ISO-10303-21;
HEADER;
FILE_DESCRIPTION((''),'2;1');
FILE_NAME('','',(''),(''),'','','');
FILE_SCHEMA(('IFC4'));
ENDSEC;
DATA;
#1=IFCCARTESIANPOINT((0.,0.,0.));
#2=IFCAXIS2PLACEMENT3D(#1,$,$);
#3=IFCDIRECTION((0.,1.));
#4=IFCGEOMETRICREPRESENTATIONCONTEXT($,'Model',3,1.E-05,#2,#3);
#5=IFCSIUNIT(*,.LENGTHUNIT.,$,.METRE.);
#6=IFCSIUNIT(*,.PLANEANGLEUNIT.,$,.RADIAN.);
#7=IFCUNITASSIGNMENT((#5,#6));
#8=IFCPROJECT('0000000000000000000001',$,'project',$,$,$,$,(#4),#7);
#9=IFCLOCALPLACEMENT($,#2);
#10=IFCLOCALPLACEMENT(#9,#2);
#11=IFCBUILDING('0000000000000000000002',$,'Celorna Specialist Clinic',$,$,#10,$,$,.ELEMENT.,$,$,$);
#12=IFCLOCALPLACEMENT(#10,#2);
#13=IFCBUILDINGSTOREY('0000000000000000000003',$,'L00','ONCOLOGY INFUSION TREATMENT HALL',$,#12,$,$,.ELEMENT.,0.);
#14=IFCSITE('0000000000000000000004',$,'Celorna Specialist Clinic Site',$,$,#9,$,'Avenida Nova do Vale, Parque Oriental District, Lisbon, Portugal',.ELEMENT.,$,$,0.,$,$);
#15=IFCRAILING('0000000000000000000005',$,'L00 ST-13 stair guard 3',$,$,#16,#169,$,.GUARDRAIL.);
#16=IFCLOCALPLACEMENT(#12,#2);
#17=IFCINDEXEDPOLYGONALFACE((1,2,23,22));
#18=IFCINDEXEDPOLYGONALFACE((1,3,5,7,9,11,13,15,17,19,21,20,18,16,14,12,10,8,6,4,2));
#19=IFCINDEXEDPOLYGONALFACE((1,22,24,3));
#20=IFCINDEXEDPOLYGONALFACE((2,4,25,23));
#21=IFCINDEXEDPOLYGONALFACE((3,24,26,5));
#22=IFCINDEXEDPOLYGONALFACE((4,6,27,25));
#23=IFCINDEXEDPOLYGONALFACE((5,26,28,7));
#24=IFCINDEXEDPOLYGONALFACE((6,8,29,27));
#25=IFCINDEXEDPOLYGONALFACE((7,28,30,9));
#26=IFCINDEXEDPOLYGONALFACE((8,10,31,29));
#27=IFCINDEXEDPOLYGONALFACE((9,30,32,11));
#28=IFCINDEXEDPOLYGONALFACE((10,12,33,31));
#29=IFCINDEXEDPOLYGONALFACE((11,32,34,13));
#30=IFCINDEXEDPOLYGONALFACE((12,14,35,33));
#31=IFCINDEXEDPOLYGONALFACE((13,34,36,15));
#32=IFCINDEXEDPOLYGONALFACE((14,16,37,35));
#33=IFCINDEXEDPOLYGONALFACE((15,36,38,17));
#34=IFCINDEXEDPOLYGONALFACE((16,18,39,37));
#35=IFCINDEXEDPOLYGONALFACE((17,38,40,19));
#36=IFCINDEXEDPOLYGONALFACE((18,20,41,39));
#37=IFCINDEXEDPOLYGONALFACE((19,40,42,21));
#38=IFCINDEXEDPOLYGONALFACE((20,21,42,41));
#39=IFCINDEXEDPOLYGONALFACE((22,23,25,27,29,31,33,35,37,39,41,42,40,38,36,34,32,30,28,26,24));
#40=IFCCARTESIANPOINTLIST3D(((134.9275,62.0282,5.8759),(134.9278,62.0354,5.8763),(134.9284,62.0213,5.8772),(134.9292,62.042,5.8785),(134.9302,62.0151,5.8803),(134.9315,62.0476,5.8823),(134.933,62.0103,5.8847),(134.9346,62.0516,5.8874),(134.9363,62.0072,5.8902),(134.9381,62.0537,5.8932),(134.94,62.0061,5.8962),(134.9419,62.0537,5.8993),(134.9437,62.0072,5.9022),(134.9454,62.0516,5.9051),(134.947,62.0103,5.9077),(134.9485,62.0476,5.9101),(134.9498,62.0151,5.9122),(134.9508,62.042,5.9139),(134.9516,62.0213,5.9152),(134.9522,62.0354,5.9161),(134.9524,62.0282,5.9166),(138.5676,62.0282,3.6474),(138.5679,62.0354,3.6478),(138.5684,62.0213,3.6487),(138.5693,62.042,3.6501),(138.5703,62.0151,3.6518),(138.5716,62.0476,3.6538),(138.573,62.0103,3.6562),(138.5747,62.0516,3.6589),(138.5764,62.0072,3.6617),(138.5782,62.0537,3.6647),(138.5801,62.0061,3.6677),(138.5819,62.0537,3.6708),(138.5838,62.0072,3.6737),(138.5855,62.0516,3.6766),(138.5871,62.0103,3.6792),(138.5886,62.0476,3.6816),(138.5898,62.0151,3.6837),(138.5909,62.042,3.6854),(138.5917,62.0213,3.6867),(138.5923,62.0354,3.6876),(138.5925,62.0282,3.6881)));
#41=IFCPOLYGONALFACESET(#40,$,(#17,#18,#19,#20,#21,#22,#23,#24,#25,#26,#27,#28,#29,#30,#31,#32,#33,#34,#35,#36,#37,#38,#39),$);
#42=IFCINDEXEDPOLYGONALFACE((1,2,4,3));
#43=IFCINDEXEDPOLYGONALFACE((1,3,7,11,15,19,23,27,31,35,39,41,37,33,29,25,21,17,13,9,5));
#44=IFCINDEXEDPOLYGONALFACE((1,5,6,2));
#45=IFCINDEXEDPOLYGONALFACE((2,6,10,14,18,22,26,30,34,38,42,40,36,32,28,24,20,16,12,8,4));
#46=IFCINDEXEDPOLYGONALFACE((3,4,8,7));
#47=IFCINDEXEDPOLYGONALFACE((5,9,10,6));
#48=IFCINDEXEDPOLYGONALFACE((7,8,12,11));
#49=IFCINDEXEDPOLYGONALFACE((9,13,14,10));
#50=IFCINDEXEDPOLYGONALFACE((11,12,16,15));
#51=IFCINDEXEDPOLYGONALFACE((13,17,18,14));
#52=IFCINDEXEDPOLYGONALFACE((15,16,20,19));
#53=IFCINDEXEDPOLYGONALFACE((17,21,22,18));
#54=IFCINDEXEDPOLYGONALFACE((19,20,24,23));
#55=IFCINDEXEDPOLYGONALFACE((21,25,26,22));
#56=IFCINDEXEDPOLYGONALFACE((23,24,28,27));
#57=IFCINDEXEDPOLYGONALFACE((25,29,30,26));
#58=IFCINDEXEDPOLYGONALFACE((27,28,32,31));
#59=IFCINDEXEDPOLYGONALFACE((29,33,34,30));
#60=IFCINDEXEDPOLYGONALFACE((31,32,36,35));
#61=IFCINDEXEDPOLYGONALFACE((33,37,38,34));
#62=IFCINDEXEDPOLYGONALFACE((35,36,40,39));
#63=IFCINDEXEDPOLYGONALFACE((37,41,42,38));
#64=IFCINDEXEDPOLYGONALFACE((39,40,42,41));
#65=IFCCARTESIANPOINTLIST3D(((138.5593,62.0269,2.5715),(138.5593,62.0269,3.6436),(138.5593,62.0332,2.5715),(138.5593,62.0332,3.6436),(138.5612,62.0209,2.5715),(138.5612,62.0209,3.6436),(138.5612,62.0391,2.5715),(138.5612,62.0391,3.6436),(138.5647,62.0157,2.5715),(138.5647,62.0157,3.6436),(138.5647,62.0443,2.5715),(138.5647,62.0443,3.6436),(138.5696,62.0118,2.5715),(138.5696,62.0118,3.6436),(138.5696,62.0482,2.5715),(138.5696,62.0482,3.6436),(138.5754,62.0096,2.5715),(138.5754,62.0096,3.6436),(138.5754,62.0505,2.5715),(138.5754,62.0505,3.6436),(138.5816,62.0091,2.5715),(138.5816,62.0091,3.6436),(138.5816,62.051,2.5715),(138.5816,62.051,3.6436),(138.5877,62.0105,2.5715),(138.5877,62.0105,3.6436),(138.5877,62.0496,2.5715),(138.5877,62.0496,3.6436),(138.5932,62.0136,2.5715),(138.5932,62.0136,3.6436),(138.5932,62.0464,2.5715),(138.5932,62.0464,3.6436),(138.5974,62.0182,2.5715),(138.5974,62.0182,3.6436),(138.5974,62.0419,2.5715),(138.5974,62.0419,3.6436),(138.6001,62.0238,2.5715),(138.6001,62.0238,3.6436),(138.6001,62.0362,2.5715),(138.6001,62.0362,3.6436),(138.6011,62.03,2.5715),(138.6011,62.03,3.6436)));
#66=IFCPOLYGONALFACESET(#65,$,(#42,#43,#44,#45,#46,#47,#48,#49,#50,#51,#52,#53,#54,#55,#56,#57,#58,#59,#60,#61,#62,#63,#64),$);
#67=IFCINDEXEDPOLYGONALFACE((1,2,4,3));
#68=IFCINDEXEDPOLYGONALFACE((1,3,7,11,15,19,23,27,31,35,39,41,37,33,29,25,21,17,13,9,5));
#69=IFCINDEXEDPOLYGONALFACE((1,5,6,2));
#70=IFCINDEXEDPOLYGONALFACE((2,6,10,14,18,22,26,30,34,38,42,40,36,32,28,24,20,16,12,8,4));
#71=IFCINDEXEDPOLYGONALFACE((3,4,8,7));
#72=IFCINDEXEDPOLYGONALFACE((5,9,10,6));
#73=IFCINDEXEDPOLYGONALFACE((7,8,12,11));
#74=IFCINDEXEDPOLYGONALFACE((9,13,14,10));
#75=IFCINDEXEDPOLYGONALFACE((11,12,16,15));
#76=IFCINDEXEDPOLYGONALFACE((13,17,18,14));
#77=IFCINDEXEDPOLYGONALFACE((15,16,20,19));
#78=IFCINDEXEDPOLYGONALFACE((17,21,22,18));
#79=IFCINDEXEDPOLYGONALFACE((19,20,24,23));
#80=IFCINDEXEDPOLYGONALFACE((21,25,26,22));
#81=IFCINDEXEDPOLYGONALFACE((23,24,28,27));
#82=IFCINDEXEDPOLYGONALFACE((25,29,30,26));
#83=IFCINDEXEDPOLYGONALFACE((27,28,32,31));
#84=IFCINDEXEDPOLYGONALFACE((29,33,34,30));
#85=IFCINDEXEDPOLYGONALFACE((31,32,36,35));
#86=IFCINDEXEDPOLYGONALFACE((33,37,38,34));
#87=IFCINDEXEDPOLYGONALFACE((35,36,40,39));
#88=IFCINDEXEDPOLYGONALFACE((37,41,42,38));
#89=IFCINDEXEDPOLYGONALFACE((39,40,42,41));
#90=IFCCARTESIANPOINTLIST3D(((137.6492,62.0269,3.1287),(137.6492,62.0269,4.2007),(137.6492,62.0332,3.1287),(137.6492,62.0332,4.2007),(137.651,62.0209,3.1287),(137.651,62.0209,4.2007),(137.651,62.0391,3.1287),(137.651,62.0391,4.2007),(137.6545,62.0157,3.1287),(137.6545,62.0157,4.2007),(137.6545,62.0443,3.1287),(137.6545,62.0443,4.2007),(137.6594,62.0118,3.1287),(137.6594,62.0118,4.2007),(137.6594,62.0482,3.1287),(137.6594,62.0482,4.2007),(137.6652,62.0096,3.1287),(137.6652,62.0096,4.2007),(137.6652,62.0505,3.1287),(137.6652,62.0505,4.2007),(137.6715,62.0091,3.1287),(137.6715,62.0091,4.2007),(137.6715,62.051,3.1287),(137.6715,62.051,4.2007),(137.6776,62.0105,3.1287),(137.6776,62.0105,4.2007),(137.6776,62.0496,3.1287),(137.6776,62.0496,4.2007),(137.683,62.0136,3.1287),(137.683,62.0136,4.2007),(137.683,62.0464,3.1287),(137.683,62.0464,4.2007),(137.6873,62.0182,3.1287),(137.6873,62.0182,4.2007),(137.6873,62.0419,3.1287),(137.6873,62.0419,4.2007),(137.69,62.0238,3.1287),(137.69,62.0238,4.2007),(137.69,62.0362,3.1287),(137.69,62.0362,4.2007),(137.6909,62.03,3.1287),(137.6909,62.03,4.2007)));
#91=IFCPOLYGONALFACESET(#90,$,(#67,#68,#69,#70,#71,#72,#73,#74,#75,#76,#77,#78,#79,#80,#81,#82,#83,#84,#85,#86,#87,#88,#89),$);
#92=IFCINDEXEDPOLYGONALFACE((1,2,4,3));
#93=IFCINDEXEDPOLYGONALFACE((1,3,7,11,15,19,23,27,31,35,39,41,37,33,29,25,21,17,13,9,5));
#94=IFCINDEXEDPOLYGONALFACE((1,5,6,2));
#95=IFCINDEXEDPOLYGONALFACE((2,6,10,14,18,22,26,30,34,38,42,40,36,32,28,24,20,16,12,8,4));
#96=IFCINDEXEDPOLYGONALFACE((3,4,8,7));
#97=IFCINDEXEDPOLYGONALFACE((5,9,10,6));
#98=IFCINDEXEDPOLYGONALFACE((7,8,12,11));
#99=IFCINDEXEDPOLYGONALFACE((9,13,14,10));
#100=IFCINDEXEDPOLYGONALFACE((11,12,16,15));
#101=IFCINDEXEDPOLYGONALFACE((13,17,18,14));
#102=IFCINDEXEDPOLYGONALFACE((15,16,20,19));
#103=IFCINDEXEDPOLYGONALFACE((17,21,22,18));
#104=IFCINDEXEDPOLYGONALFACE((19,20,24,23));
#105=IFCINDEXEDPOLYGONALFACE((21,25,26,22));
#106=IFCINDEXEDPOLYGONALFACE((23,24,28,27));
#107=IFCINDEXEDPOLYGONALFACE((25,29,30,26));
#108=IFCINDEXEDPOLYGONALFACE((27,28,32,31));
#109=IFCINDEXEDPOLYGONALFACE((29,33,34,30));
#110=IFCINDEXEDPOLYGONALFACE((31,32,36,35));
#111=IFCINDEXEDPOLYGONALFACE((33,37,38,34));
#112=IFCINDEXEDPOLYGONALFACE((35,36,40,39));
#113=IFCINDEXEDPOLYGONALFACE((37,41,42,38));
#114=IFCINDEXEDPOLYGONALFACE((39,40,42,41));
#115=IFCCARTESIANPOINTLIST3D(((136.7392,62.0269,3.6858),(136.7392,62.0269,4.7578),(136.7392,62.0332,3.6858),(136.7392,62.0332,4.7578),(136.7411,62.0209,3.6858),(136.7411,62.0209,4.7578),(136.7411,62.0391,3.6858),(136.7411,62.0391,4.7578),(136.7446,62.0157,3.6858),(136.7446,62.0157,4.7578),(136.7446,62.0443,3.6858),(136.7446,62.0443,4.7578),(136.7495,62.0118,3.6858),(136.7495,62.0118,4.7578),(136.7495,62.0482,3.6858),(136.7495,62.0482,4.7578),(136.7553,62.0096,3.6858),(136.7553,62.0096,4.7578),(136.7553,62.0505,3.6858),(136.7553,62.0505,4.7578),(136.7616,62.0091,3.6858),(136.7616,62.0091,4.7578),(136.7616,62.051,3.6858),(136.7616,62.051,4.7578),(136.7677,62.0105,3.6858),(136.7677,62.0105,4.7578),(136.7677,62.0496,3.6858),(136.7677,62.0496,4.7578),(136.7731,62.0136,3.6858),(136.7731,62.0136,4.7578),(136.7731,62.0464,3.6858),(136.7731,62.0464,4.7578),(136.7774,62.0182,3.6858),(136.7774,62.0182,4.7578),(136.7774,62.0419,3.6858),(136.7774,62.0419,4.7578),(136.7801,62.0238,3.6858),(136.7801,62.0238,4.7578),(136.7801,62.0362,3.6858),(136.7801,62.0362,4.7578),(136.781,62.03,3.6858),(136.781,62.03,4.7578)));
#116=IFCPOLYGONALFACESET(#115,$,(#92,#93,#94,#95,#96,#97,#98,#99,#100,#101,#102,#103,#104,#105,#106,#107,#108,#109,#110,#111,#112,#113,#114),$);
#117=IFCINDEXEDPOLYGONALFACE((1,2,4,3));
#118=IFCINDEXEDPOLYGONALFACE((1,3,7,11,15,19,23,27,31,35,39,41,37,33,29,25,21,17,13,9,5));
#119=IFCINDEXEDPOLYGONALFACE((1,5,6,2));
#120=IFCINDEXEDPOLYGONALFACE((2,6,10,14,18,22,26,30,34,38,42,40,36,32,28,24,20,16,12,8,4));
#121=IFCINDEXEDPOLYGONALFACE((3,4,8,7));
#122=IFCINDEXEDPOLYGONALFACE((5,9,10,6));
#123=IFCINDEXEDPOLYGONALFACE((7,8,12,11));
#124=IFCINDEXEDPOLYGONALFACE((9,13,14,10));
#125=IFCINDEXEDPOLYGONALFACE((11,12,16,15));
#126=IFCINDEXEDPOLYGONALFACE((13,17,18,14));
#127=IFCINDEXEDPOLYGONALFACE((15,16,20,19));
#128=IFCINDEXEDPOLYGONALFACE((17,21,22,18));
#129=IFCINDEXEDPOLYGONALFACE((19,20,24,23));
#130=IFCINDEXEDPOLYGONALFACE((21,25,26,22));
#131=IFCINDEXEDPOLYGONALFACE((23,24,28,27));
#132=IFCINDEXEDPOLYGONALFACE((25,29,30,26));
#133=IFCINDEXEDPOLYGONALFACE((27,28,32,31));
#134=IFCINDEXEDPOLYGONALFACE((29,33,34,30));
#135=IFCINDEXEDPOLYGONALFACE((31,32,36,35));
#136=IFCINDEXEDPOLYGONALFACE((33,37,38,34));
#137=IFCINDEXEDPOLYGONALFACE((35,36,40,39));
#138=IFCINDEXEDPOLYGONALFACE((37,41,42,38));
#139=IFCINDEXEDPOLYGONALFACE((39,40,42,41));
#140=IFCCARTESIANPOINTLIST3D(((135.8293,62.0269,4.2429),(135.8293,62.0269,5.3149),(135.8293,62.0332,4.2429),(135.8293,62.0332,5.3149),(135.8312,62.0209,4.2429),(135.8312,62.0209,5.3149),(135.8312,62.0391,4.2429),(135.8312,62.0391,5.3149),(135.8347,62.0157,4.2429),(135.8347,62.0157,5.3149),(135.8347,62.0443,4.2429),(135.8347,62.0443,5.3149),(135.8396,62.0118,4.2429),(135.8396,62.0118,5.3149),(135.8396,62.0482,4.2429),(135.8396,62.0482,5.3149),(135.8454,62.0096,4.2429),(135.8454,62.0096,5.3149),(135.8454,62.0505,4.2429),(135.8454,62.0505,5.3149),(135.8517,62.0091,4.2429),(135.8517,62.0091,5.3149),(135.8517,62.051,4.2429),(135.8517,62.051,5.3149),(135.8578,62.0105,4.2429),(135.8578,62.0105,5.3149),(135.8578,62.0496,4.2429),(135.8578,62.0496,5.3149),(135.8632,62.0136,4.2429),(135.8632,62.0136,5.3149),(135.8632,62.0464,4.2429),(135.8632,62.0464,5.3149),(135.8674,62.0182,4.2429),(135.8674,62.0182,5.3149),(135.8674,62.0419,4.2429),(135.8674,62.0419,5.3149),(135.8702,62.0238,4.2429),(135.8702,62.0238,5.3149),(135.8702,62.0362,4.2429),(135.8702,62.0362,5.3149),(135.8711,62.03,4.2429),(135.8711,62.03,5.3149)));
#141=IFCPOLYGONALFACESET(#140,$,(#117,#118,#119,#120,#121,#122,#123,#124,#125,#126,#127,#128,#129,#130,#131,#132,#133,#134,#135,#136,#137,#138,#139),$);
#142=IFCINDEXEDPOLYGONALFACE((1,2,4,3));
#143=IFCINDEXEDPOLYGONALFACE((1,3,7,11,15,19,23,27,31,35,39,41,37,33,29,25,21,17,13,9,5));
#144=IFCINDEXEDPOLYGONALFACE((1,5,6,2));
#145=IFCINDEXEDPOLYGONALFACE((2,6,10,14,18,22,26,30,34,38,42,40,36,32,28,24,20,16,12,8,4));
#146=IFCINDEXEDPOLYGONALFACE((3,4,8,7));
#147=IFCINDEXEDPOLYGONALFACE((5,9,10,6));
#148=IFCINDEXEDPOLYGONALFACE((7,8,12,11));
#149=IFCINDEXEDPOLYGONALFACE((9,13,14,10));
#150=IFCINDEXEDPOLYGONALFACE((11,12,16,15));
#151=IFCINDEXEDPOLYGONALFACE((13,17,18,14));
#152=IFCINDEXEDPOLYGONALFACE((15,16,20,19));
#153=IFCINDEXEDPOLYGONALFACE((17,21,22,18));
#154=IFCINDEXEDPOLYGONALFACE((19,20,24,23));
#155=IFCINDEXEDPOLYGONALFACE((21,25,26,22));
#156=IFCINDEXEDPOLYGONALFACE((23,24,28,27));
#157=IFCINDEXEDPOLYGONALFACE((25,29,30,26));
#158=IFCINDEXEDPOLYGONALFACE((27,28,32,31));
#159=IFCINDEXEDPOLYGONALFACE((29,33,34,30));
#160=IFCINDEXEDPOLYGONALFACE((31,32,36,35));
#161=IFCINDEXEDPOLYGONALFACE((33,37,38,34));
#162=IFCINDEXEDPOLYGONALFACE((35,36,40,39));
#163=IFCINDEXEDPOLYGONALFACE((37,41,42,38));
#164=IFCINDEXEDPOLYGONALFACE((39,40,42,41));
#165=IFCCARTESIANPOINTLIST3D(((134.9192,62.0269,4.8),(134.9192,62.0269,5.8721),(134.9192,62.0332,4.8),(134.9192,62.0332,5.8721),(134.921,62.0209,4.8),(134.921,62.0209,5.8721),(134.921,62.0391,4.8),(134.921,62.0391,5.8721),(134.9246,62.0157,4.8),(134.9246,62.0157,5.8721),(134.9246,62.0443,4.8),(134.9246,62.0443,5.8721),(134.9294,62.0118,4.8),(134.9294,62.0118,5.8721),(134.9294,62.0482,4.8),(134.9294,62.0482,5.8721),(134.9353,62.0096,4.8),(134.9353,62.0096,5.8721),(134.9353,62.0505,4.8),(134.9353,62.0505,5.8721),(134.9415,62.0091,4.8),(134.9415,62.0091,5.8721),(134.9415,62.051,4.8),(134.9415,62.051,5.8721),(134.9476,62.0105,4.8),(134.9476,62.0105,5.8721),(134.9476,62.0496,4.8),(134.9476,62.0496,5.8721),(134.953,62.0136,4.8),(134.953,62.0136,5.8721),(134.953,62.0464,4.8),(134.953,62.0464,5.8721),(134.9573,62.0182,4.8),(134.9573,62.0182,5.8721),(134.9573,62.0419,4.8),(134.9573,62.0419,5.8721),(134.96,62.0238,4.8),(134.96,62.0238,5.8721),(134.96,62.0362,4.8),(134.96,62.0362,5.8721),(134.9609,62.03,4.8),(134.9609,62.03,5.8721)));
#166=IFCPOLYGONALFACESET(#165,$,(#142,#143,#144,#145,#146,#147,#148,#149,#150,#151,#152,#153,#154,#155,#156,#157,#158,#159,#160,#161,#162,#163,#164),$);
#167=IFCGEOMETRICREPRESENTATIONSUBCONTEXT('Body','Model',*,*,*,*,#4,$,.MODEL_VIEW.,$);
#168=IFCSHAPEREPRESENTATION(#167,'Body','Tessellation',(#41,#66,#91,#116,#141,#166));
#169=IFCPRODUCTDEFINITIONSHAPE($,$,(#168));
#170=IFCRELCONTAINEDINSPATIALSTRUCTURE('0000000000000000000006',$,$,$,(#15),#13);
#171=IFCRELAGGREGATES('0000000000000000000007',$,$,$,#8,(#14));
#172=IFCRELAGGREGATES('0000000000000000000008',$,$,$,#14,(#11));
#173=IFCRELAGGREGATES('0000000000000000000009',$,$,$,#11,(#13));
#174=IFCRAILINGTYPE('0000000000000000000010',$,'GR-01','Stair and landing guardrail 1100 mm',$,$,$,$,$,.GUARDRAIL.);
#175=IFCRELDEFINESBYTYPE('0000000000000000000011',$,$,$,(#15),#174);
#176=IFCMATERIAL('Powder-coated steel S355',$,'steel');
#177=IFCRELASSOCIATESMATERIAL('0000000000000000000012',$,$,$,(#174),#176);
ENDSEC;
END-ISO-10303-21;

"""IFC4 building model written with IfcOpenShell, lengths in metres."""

from ifc_helpers import new_model, si_unit, direction, frame, origin, origin_2d, place, context, subcontext, project, spatial, circle, extrude, material, type_object, element, save


model = new_model("IFC4")

# Units and contexts
model_context = context("Model", 3, precision=1e-05, world=origin(), true_north=direction((0.0, 1.0)))
body_context = subcontext(model_context, "Body", "Model", "MODEL_VIEW")
ifc_project = project(units=[si_unit("LENGTHUNIT", "METRE"), si_unit("PLANEANGLEUNIT", "RADIAN")], contexts=[model_context])

# Site, building, storey
site_placement = place(None, origin())
site = spatial("IfcSite", under=ifc_project, at=site_placement, Name="Celorna Specialist Clinic Site", LongName="Avenida Nova do Vale, Parque Oriental District, Lisbon, Portugal", CompositionType="ELEMENT", RefElevation=0.0)
building_placement = place(site_placement, origin())
building = spatial("IfcBuilding", under=site, at=building_placement, Name="Celorna Specialist Clinic", CompositionType="ELEMENT")
storey_placement = place(building_placement, origin())
storey = spatial("IfcBuildingStorey", under=building, at=storey_placement, Name="L00", Description="ONCOLOGY INFUSION TREATMENT HALL", CompositionType="ELEMENT", Elevation=0.0)

# Railing
ifc_material_1 = material(Name="Powder-coated steel S355", Category="steel")
railing_type_1 = type_object("IfcRailingType", Name="GR-01", Description="Stair and landing guardrail 1100 mm", PredefinedType="GUARDRAIL", material=ifc_material_1)
railing_1_placement = place(storey_placement, frame((138.5801, 62.03, 2.5715)))
element("IfcRailing", 1, at=railing_1_placement, inside=storey, type_object=railing_type_1, Name="L00 ST-13 stair guard 3", PredefinedType="GUARDRAIL", context=body_context, shape_type="SweptSolid", body=[
    extrude(circle(Radius=0.0239, at=origin_2d()), frame((0.0, 0.0, 1.0962), z_axis=(-0.852866, 0.0, 0.52213), x_axis=(0.0, -1.0, 0.0)), (0.0, 0.0, 1.0), 4.2681),
    extrude(circle(Radius=0.021, at=origin_2d()), origin(), (0.0, 0.0, 1.0), 1.072),
    extrude(circle(Radius=0.021, at=origin_2d()), frame((-0.9102, 0.0, 0.5571)), (0.0, 0.0, 1.0), 1.072),
    extrude(circle(Radius=0.021, at=origin_2d()), frame((-1.8201, 0.0, 1.1143)), (0.0, 0.0, 1.0), 1.072),
    extrude(circle(Radius=0.021, at=origin_2d()), frame((-2.73, 0.0, 1.6714)), (0.0, 0.0, 1.0), 1.072),
    extrude(circle(Radius=0.021, at=origin_2d()), frame((-3.6401, 0.0, 2.2285)), (0.0, 0.0, 1.0), 1.072),
])

save(model, "model.ifc")
